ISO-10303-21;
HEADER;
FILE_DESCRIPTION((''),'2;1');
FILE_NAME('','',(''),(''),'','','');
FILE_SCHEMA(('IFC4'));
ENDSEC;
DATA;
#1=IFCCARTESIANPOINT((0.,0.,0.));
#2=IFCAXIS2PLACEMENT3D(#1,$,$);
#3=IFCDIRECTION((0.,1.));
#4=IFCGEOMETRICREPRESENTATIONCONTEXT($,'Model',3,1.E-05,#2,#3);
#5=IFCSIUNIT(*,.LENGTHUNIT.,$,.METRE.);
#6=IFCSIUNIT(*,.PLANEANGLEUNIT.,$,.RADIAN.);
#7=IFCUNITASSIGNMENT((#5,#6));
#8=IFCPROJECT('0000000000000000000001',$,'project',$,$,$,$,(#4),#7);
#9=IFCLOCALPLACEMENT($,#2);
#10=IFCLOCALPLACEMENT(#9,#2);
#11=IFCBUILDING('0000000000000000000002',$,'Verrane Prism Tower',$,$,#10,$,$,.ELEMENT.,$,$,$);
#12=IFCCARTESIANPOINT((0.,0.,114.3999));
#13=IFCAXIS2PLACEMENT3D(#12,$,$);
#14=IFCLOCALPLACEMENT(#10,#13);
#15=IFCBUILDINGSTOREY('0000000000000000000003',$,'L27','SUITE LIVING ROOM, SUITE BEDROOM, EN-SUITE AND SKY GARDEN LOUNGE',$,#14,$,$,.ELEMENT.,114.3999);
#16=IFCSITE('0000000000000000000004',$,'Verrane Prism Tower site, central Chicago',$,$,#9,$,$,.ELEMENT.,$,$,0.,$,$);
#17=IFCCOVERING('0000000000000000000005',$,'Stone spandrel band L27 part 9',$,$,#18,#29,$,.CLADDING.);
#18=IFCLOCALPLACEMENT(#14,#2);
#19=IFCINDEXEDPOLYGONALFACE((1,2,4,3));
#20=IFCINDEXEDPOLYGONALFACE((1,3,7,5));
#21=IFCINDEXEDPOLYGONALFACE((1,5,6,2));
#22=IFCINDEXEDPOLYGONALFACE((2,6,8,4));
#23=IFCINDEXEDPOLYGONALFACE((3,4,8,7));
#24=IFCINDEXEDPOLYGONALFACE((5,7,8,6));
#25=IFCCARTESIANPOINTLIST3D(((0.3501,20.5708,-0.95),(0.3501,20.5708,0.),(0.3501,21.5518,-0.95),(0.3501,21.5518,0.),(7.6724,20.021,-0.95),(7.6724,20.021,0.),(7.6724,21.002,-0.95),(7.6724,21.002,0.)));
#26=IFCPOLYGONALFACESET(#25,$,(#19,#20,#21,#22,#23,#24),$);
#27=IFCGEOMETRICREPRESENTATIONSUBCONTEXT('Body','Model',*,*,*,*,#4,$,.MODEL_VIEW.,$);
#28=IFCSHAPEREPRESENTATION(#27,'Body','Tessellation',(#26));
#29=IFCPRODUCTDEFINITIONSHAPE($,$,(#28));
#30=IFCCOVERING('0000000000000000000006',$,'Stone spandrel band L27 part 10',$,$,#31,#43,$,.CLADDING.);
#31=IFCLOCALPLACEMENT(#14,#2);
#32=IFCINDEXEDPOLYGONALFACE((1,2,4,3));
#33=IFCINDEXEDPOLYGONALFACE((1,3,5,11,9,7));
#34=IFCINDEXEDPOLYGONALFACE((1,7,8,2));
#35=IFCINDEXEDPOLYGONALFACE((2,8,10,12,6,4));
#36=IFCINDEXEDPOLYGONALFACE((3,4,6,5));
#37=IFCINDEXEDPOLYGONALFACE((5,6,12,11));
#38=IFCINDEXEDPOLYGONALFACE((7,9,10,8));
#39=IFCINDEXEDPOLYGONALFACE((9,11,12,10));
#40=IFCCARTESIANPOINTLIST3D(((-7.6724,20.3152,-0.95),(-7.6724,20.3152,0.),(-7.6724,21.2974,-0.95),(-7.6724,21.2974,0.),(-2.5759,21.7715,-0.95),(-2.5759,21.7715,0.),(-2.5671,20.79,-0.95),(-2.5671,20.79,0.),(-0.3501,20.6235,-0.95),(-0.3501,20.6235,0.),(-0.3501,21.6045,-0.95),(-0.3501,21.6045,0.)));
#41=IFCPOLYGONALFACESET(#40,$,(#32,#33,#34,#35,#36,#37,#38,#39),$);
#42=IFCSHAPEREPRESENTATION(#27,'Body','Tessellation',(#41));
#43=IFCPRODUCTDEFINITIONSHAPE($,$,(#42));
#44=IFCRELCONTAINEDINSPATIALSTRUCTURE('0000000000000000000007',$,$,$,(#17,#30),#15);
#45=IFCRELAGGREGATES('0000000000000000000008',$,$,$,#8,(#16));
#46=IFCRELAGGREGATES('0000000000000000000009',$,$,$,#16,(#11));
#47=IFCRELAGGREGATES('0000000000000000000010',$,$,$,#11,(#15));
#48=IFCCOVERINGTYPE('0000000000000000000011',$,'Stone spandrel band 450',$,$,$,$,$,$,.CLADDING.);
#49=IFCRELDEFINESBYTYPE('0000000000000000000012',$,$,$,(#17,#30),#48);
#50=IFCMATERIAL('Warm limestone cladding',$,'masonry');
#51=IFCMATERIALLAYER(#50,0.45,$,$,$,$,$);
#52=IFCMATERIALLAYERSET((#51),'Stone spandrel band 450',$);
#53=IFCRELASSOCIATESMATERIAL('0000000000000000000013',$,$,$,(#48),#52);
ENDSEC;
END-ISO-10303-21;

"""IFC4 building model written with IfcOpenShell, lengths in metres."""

from ifc_helpers import new_model, si_unit, direction, frame, origin, place, context, subcontext, project, spatial, polyline, outline, extrude, material, layer, layer_set, type_object, element, save


model = new_model("IFC4")

# Units and contexts
model_context = context("Model", 3, precision=1e-05, world=origin(), true_north=direction((0.0, 1.0)))
body_context = subcontext(model_context, "Body", "Model", "MODEL_VIEW")
ifc_project = project(units=[si_unit("LENGTHUNIT", "METRE"), si_unit("PLANEANGLEUNIT", "RADIAN")], contexts=[model_context])

# Site, building, storey
site_placement = place(None, origin())
site = spatial("IfcSite", under=ifc_project, at=site_placement, Name="Verrane Prism Tower site, central Chicago", CompositionType="ELEMENT", RefElevation=0.0)
building_placement = place(site_placement, origin())
building = spatial("IfcBuilding", under=site, at=building_placement, Name="Verrane Prism Tower", CompositionType="ELEMENT")
storey_placement = place(building_placement, frame((0.0, 0.0, 114.3999)))
storey = spatial("IfcBuildingStorey", under=building, at=storey_placement, Name="L27", Description="SUITE LIVING ROOM, SUITE BEDROOM, EN-SUITE AND SKY GARDEN LOUNGE", CompositionType="ELEMENT", Elevation=114.3999)

# Coverings
ifc_material_1 = material(Name="Warm limestone cladding", Category="masonry")
ifc_layer_1 = layer(ifc_material_1, 0.45)
ifc_layer_set_1 = layer_set([ifc_layer_1], Name="Stone spandrel band 450")
covering_type_1 = type_object("IfcCoveringType", Name="Stone spandrel band 450", PredefinedType="CLADDING", material=ifc_layer_set_1)
covering_1_placement = place(storey_placement, frame((0.0, 0.0, -0.95)))
element("IfcCovering", 1, at=covering_1_placement, inside=storey, type_object=covering_type_1, Name="Stone spandrel band L27 part 9", PredefinedType="CLADDING", context=body_context, shape_type="SweptSolid", body=[
    extrude(outline(polyline([(0.3501, 21.5518), (0.3501, 20.5708), (7.6724, 20.021), (7.6724, 21.002), (0.3501, 21.5518)])), origin(), (0.0, 0.0, 1.0), 0.95),
])
covering_2_placement = place(storey_placement, frame((0.0, 0.0, -0.95)))
element("IfcCovering", 2, at=covering_2_placement, inside=storey, type_object=covering_type_1, Name="Stone spandrel band L27 part 10", PredefinedType="CLADDING", context=body_context, shape_type="SweptSolid", body=[
    extrude(outline(polyline([(-7.6724, 21.2974), (-7.6724, 20.3152), (-2.5671, 20.79), (-0.3501, 20.6235), (-0.3501, 21.6045), (-2.5759, 21.7715), (-7.6724, 21.2974)])), origin(), (0.0, 0.0, 1.0), 0.95),
])

save(model, "model.ifc")
